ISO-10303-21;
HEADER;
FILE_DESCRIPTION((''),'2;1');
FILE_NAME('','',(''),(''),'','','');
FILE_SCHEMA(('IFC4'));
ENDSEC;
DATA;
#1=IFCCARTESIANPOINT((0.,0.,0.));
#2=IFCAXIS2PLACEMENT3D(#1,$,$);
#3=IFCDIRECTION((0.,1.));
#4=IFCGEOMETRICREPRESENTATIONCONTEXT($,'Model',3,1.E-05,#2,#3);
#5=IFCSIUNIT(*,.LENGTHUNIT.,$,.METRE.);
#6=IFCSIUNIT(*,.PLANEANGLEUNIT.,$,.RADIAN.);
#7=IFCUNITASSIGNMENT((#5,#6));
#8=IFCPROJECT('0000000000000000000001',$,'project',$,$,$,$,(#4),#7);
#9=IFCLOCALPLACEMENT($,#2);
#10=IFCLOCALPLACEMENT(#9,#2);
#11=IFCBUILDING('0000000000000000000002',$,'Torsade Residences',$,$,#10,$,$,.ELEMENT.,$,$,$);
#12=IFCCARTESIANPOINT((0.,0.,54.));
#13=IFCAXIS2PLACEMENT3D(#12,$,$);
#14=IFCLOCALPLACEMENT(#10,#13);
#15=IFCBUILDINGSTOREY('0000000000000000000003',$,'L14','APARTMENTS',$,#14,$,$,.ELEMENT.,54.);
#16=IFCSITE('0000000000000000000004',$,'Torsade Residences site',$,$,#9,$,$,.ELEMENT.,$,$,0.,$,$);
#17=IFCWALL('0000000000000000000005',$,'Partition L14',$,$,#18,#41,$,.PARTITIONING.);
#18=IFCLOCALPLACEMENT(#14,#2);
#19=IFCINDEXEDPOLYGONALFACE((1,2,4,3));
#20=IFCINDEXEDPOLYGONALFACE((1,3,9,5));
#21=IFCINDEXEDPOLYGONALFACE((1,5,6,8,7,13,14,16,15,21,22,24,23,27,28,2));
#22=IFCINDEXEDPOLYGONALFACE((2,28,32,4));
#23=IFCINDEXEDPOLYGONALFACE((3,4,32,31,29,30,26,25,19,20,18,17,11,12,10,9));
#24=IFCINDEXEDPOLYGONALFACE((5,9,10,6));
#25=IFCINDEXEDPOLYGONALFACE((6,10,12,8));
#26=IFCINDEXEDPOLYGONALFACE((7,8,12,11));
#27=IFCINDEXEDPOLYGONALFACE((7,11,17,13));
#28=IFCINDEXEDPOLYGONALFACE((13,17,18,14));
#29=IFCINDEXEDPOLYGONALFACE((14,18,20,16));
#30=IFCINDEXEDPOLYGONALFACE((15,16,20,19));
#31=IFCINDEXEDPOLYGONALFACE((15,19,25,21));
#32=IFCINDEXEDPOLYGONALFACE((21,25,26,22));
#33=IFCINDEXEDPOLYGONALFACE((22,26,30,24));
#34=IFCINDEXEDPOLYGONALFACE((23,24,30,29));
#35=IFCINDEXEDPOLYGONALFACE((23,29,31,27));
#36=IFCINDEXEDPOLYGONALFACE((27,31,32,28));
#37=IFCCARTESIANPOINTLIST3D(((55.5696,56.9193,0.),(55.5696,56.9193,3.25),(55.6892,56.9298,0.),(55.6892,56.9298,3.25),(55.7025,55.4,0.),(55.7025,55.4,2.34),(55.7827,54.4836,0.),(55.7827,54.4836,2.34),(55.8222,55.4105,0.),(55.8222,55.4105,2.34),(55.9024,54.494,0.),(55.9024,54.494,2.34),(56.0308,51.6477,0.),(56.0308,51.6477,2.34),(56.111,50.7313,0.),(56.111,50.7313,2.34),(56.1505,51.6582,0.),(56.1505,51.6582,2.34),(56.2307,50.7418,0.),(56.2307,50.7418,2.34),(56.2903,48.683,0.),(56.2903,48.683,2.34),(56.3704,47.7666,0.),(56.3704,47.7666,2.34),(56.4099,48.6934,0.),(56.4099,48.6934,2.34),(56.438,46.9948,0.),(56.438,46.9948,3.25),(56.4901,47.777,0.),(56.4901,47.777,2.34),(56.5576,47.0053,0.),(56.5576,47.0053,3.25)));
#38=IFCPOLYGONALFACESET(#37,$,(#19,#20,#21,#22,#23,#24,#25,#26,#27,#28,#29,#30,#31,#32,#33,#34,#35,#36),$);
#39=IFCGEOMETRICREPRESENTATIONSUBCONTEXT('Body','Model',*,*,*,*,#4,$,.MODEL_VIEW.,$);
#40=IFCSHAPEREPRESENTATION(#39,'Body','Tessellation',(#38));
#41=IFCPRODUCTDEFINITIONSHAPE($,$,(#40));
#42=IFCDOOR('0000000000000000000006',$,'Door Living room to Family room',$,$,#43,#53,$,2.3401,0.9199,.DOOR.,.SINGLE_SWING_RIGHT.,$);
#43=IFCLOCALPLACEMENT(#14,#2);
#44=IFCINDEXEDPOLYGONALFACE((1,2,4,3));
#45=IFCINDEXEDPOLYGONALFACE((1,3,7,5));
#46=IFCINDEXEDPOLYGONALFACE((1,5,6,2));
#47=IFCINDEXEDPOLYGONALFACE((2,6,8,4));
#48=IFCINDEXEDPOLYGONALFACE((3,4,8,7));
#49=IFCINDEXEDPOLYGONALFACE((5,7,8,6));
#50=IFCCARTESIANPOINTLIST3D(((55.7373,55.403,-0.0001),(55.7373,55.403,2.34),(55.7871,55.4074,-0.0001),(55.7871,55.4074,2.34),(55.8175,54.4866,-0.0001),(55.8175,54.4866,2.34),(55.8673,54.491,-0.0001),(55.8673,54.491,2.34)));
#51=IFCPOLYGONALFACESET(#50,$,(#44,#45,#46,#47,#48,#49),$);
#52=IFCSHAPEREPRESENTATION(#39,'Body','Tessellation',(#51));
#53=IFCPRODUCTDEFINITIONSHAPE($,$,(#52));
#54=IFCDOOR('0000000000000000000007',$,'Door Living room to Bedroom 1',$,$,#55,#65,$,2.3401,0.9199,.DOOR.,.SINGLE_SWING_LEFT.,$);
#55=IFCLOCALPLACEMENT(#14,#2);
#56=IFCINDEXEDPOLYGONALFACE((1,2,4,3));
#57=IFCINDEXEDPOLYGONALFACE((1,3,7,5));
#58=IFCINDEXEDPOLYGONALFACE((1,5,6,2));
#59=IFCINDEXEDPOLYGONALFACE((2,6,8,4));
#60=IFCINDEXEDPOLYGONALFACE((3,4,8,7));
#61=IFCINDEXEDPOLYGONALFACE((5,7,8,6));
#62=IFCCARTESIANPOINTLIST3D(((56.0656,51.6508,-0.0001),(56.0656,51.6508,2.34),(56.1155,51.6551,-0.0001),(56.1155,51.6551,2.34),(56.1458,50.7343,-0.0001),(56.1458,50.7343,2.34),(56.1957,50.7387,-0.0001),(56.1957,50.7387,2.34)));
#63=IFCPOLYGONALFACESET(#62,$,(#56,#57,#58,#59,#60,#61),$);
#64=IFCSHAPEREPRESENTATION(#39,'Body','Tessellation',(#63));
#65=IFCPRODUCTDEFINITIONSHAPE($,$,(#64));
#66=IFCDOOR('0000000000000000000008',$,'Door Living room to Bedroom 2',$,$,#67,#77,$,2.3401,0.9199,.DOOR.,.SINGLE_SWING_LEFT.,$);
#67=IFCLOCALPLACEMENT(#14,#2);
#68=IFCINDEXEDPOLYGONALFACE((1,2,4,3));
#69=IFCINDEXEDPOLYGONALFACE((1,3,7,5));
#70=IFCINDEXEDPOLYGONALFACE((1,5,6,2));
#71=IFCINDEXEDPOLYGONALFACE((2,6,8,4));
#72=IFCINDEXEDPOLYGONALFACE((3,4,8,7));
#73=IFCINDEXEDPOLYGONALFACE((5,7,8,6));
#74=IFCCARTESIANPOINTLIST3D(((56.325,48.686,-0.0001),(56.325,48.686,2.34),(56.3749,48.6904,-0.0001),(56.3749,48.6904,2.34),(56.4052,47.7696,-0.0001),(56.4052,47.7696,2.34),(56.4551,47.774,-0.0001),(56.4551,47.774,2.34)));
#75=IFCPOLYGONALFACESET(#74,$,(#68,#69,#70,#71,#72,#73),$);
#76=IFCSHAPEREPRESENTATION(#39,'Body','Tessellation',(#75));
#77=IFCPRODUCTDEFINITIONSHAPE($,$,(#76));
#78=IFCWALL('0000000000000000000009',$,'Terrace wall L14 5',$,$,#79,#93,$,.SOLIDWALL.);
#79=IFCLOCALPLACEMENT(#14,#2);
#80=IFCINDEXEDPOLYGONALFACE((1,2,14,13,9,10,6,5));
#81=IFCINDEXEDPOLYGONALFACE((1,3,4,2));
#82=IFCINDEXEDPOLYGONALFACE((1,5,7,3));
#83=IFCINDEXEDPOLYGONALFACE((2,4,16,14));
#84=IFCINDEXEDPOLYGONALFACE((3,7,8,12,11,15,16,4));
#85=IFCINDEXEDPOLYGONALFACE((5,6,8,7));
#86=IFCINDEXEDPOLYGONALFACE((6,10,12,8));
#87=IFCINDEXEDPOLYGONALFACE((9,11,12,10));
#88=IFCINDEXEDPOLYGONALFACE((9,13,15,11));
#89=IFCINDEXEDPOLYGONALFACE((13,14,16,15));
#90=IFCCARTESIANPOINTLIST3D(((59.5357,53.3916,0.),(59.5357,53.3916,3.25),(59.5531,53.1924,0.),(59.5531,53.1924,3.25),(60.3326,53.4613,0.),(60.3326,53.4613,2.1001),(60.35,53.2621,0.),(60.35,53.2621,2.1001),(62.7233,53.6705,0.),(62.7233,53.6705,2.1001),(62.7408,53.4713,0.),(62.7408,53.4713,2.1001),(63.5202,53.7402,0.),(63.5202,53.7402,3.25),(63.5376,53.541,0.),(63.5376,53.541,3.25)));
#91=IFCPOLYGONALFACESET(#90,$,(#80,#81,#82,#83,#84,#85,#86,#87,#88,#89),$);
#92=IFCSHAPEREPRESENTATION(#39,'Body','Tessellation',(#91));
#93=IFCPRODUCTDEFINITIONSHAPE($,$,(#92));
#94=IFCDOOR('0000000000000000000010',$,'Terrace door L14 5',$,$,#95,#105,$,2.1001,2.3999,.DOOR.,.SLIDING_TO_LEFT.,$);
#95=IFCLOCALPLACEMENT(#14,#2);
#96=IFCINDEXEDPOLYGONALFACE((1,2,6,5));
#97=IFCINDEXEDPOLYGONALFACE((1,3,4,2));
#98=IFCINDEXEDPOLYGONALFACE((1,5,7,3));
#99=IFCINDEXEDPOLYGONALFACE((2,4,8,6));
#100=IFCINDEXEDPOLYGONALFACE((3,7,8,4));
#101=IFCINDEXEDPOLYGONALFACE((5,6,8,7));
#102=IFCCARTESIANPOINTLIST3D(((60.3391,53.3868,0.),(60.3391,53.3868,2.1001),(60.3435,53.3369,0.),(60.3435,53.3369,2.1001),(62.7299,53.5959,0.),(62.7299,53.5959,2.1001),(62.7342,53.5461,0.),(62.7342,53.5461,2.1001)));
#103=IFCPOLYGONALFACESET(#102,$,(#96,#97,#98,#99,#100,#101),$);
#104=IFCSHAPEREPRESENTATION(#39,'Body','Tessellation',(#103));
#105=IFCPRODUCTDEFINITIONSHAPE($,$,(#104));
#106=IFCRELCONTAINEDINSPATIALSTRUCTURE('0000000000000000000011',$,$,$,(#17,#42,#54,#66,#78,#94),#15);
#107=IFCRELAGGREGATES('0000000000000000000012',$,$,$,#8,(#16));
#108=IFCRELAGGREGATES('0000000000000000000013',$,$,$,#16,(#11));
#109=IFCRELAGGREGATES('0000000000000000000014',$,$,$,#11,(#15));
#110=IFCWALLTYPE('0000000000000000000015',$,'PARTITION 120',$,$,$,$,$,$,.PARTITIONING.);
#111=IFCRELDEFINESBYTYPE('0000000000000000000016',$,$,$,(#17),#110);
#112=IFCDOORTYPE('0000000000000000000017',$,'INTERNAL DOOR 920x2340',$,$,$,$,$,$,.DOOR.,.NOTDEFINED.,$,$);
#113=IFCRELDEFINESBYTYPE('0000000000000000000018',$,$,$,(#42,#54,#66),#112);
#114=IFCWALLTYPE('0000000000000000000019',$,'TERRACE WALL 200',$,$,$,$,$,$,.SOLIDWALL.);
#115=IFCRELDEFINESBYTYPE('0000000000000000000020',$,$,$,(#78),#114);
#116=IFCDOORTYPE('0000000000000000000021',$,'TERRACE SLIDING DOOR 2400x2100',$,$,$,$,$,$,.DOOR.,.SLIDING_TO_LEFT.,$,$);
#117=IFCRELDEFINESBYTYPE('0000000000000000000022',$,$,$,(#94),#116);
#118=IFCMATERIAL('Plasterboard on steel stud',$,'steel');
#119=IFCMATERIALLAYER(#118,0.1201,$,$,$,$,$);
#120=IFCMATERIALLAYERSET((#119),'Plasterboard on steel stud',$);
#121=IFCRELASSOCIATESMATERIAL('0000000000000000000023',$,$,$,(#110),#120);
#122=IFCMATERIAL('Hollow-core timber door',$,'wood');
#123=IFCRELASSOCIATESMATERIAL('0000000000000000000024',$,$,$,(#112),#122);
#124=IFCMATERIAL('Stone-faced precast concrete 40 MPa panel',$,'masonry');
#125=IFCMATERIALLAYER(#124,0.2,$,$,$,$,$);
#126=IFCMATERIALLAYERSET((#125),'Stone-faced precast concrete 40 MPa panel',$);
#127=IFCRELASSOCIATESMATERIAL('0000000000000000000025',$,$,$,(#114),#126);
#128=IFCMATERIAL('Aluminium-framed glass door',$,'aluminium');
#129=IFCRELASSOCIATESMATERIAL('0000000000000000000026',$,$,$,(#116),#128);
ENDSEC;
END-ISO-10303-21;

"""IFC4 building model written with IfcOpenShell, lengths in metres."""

from ifc_helpers import new_model, si_unit, direction, frame, frame_2d, origin, place, context, subcontext, project, spatial, rectangle, extrude, material, layer, layer_set, type_object, element, fill, save


model = new_model("IFC4")

# Units and contexts
model_context = context("Model", 3, precision=1e-05, world=origin(), true_north=direction((0.0, 1.0)))
body_context = subcontext(model_context, "Body", "Model", "MODEL_VIEW")
ifc_project = project(units=[si_unit("LENGTHUNIT", "METRE"), si_unit("PLANEANGLEUNIT", "RADIAN")], contexts=[model_context])

# Site, building, storey
site_placement = place(None, origin())
site = spatial("IfcSite", under=ifc_project, at=site_placement, Name="Torsade Residences site", CompositionType="ELEMENT", RefElevation=0.0)
building_placement = place(site_placement, origin())
building = spatial("IfcBuilding", under=site, at=building_placement, Name="Torsade Residences", CompositionType="ELEMENT")
storey_placement = place(building_placement, frame((0.0, 0.0, 54.0)))
storey = spatial("IfcBuildingStorey", under=building, at=storey_placement, Name="L14", Description="APARTMENTS", CompositionType="ELEMENT", Elevation=54.0)

# Wall, openings, doors
ifc_material_1 = material(Name="Plasterboard on steel stud", Category="steel")
ifc_layer_1 = layer(ifc_material_1, 0.1201)
ifc_layer_set_1 = layer_set([ifc_layer_1], Name="Plasterboard on steel stud")
wall_type_1 = type_object("IfcWallType", Name="PARTITION 120", PredefinedType="PARTITIONING", material=ifc_layer_set_1)
wall_1_placement = place(storey_placement, frame((55.6294, 56.9246, 0.0), z_axis=(0.0, 0.0, 1.0), x_axis=(0.087168, -0.996194, 0.0)))
wall_1 = element("IfcWall", 1, at=wall_1_placement, inside=storey, type_object=wall_type_1, Name="Partition L14", PredefinedType="PARTITIONING", context=body_context, shape_type="SweptSolid", body=[
    extrude(rectangle(XDim=9.9624, YDim=0.1201, at=frame_2d((4.9812, 0.0))), origin(), (0.0, 0.0, 1.0), 3.25),
])
opening_1_placement = place(wall_1_placement, frame((1.5251, 0.0, 0.0)))
opening_1 = element("IfcOpeningElement", 2, at=opening_1_placement, cuts=wall_1, PredefinedType="OPENING", context=body_context, shape_type="SweptSolid", body=[
    extrude(rectangle(XDim=0.9199, YDim=2.3401, at=frame_2d((0.46, 1.1699))), frame((0.0, 0.0701, 0.0), z_axis=(0.0, -1.0, 0.0), x_axis=(1.0, 0.0, 0.0)), (0.0, 0.0, 1.0), 0.1401),
])
opening_2_placement = place(wall_1_placement, frame((5.2917, 0.0, 0.0)))
opening_2 = element("IfcOpeningElement", 3, at=opening_2_placement, cuts=wall_1, PredefinedType="OPENING", context=body_context, shape_type="SweptSolid", body=[
    extrude(rectangle(XDim=0.9199, YDim=2.3401, at=frame_2d((0.46, 1.1699))), frame((0.0, 0.0701, 0.0), z_axis=(0.0, -1.0, 0.0), x_axis=(1.0, 0.0, 0.0)), (0.0, 0.0, 1.0), 0.1401),
])
opening_3_placement = place(wall_1_placement, frame((8.2678, 0.0, 0.0)))
opening_3 = element("IfcOpeningElement", 4, at=opening_3_placement, cuts=wall_1, PredefinedType="OPENING", context=body_context, shape_type="SweptSolid", body=[
    extrude(rectangle(XDim=0.9199, YDim=2.3401, at=frame_2d((0.46, 1.1699))), frame((0.0, 0.0701, 0.0), z_axis=(0.0, -1.0, 0.0), x_axis=(1.0, 0.0, 0.0)), (0.0, 0.0, 1.0), 0.1401),
])
ifc_material_2 = material(Name="Hollow-core timber door", Category="wood")
door_type_1 = type_object("IfcDoorType", Name="INTERNAL DOOR 920x2340", OperationType="NOTDEFINED", PredefinedType="DOOR", material=ifc_material_2)
door_1_placement = place(opening_1_placement, origin())
door_1 = element("IfcDoor", 5, at=door_1_placement, inside=storey, type_object=door_type_1, Name="Door Living room to Family room", OperationType="SINGLE_SWING_RIGHT", OverallHeight=2.3401, OverallWidth=0.9199, PredefinedType="DOOR", context=body_context, shape_type="SweptSolid", body=[
    extrude(rectangle(XDim=0.9199, YDim=2.3401, at=frame_2d((0.46, 1.1699))), frame((0.0, 0.0249, 0.0), z_axis=(0.0, -1.0, 0.0), x_axis=(1.0, 0.0, 0.0)), (0.0, 0.0, 1.0), 0.05),
])
fill(opening_1, door_1)
door_2_placement = place(opening_2_placement, origin())
door_2 = element("IfcDoor", 6, at=door_2_placement, inside=storey, type_object=door_type_1, Name="Door Living room to Bedroom 1", OperationType="SINGLE_SWING_LEFT", OverallHeight=2.3401, OverallWidth=0.9199, PredefinedType="DOOR", context=body_context, shape_type="SweptSolid", body=[
    extrude(rectangle(XDim=0.9199, YDim=2.3401, at=frame_2d((0.46, 1.1699))), frame((0.0, 0.0249, 0.0), z_axis=(0.0, -1.0, 0.0), x_axis=(1.0, 0.0, 0.0)), (0.0, 0.0, 1.0), 0.05),
])
fill(opening_2, door_2)
door_3_placement = place(opening_3_placement, origin())
door_3 = element("IfcDoor", 7, at=door_3_placement, inside=storey, type_object=door_type_1, Name="Door Living room to Bedroom 2", OperationType="SINGLE_SWING_LEFT", OverallHeight=2.3401, OverallWidth=0.9199, PredefinedType="DOOR", context=body_context, shape_type="SweptSolid", body=[
    extrude(rectangle(XDim=0.9199, YDim=2.3401, at=frame_2d((0.46, 1.1699))), frame((0.0, 0.0249, 0.0), z_axis=(0.0, -1.0, 0.0), x_axis=(1.0, 0.0, 0.0)), (0.0, 0.0, 1.0), 0.05),
])
fill(opening_3, door_3)

# Wall, opening, door
ifc_material_3 = material(Name="Stone-faced precast concrete 40 MPa panel", Category="masonry")
ifc_layer_2 = layer(ifc_material_3, 0.2)
ifc_layer_set_2 = layer_set([ifc_layer_2], Name="Stone-faced precast concrete 40 MPa panel")
wall_type_2 = type_object("IfcWallType", Name="TERRACE WALL 200", PredefinedType="SOLIDWALL", material=ifc_layer_set_2)
wall_2_placement = place(storey_placement, frame((63.5291, 53.6406, 0.0), z_axis=(0.0, 0.0, 1.0), x_axis=(-0.996194, -0.087162, 0.0)))
wall_2 = element("IfcWall", 8, at=wall_2_placement, inside=storey, type_object=wall_type_2, Name="Terrace wall L14 5", PredefinedType="SOLIDWALL", context=body_context, shape_type="SweptSolid", body=[
    extrude(rectangle(XDim=3.9998, YDim=0.2, at=frame_2d((2.0, 0.0))), origin(), (0.0, 0.0, 1.0), 3.25),
])
opening_4_placement = place(wall_2_placement, frame((0.8, 0.0, 0.0)))
opening_4 = element("IfcOpeningElement", 9, at=opening_4_placement, cuts=wall_2, PredefinedType="OPENING", context=body_context, shape_type="SweptSolid", body=[
    extrude(rectangle(XDim=2.3999, YDim=2.1001, at=frame_2d((1.2, 1.05))), frame((0.0, 0.1099, 0.0), z_axis=(0.0, -1.0, 0.0), x_axis=(1.0, 0.0, 0.0)), (0.0, 0.0, 1.0), 0.22),
])
ifc_material_4 = material(Name="Aluminium-framed glass door", Category="aluminium")
door_type_2 = type_object("IfcDoorType", Name="TERRACE SLIDING DOOR 2400x2100", OperationType="SLIDING_TO_LEFT", PredefinedType="DOOR", material=ifc_material_4)
door_4_placement = place(opening_4_placement, origin())
door_4 = element("IfcDoor", 10, at=door_4_placement, inside=storey, type_object=door_type_2, Name="Terrace door L14 5", OperationType="SLIDING_TO_LEFT", OverallHeight=2.1001, OverallWidth=2.3999, PredefinedType="DOOR", context=body_context, shape_type="SweptSolid", body=[
    extrude(rectangle(XDim=2.3999, YDim=2.1001, at=frame_2d((1.2, 1.05))), frame((0.0, 0.0249, 0.0), z_axis=(0.0, -1.0, 0.0), x_axis=(1.0, 0.0, 0.0)), (0.0, 0.0, 1.0), 0.05),
])
fill(opening_4, door_4)

save(model, "model.ifc")
